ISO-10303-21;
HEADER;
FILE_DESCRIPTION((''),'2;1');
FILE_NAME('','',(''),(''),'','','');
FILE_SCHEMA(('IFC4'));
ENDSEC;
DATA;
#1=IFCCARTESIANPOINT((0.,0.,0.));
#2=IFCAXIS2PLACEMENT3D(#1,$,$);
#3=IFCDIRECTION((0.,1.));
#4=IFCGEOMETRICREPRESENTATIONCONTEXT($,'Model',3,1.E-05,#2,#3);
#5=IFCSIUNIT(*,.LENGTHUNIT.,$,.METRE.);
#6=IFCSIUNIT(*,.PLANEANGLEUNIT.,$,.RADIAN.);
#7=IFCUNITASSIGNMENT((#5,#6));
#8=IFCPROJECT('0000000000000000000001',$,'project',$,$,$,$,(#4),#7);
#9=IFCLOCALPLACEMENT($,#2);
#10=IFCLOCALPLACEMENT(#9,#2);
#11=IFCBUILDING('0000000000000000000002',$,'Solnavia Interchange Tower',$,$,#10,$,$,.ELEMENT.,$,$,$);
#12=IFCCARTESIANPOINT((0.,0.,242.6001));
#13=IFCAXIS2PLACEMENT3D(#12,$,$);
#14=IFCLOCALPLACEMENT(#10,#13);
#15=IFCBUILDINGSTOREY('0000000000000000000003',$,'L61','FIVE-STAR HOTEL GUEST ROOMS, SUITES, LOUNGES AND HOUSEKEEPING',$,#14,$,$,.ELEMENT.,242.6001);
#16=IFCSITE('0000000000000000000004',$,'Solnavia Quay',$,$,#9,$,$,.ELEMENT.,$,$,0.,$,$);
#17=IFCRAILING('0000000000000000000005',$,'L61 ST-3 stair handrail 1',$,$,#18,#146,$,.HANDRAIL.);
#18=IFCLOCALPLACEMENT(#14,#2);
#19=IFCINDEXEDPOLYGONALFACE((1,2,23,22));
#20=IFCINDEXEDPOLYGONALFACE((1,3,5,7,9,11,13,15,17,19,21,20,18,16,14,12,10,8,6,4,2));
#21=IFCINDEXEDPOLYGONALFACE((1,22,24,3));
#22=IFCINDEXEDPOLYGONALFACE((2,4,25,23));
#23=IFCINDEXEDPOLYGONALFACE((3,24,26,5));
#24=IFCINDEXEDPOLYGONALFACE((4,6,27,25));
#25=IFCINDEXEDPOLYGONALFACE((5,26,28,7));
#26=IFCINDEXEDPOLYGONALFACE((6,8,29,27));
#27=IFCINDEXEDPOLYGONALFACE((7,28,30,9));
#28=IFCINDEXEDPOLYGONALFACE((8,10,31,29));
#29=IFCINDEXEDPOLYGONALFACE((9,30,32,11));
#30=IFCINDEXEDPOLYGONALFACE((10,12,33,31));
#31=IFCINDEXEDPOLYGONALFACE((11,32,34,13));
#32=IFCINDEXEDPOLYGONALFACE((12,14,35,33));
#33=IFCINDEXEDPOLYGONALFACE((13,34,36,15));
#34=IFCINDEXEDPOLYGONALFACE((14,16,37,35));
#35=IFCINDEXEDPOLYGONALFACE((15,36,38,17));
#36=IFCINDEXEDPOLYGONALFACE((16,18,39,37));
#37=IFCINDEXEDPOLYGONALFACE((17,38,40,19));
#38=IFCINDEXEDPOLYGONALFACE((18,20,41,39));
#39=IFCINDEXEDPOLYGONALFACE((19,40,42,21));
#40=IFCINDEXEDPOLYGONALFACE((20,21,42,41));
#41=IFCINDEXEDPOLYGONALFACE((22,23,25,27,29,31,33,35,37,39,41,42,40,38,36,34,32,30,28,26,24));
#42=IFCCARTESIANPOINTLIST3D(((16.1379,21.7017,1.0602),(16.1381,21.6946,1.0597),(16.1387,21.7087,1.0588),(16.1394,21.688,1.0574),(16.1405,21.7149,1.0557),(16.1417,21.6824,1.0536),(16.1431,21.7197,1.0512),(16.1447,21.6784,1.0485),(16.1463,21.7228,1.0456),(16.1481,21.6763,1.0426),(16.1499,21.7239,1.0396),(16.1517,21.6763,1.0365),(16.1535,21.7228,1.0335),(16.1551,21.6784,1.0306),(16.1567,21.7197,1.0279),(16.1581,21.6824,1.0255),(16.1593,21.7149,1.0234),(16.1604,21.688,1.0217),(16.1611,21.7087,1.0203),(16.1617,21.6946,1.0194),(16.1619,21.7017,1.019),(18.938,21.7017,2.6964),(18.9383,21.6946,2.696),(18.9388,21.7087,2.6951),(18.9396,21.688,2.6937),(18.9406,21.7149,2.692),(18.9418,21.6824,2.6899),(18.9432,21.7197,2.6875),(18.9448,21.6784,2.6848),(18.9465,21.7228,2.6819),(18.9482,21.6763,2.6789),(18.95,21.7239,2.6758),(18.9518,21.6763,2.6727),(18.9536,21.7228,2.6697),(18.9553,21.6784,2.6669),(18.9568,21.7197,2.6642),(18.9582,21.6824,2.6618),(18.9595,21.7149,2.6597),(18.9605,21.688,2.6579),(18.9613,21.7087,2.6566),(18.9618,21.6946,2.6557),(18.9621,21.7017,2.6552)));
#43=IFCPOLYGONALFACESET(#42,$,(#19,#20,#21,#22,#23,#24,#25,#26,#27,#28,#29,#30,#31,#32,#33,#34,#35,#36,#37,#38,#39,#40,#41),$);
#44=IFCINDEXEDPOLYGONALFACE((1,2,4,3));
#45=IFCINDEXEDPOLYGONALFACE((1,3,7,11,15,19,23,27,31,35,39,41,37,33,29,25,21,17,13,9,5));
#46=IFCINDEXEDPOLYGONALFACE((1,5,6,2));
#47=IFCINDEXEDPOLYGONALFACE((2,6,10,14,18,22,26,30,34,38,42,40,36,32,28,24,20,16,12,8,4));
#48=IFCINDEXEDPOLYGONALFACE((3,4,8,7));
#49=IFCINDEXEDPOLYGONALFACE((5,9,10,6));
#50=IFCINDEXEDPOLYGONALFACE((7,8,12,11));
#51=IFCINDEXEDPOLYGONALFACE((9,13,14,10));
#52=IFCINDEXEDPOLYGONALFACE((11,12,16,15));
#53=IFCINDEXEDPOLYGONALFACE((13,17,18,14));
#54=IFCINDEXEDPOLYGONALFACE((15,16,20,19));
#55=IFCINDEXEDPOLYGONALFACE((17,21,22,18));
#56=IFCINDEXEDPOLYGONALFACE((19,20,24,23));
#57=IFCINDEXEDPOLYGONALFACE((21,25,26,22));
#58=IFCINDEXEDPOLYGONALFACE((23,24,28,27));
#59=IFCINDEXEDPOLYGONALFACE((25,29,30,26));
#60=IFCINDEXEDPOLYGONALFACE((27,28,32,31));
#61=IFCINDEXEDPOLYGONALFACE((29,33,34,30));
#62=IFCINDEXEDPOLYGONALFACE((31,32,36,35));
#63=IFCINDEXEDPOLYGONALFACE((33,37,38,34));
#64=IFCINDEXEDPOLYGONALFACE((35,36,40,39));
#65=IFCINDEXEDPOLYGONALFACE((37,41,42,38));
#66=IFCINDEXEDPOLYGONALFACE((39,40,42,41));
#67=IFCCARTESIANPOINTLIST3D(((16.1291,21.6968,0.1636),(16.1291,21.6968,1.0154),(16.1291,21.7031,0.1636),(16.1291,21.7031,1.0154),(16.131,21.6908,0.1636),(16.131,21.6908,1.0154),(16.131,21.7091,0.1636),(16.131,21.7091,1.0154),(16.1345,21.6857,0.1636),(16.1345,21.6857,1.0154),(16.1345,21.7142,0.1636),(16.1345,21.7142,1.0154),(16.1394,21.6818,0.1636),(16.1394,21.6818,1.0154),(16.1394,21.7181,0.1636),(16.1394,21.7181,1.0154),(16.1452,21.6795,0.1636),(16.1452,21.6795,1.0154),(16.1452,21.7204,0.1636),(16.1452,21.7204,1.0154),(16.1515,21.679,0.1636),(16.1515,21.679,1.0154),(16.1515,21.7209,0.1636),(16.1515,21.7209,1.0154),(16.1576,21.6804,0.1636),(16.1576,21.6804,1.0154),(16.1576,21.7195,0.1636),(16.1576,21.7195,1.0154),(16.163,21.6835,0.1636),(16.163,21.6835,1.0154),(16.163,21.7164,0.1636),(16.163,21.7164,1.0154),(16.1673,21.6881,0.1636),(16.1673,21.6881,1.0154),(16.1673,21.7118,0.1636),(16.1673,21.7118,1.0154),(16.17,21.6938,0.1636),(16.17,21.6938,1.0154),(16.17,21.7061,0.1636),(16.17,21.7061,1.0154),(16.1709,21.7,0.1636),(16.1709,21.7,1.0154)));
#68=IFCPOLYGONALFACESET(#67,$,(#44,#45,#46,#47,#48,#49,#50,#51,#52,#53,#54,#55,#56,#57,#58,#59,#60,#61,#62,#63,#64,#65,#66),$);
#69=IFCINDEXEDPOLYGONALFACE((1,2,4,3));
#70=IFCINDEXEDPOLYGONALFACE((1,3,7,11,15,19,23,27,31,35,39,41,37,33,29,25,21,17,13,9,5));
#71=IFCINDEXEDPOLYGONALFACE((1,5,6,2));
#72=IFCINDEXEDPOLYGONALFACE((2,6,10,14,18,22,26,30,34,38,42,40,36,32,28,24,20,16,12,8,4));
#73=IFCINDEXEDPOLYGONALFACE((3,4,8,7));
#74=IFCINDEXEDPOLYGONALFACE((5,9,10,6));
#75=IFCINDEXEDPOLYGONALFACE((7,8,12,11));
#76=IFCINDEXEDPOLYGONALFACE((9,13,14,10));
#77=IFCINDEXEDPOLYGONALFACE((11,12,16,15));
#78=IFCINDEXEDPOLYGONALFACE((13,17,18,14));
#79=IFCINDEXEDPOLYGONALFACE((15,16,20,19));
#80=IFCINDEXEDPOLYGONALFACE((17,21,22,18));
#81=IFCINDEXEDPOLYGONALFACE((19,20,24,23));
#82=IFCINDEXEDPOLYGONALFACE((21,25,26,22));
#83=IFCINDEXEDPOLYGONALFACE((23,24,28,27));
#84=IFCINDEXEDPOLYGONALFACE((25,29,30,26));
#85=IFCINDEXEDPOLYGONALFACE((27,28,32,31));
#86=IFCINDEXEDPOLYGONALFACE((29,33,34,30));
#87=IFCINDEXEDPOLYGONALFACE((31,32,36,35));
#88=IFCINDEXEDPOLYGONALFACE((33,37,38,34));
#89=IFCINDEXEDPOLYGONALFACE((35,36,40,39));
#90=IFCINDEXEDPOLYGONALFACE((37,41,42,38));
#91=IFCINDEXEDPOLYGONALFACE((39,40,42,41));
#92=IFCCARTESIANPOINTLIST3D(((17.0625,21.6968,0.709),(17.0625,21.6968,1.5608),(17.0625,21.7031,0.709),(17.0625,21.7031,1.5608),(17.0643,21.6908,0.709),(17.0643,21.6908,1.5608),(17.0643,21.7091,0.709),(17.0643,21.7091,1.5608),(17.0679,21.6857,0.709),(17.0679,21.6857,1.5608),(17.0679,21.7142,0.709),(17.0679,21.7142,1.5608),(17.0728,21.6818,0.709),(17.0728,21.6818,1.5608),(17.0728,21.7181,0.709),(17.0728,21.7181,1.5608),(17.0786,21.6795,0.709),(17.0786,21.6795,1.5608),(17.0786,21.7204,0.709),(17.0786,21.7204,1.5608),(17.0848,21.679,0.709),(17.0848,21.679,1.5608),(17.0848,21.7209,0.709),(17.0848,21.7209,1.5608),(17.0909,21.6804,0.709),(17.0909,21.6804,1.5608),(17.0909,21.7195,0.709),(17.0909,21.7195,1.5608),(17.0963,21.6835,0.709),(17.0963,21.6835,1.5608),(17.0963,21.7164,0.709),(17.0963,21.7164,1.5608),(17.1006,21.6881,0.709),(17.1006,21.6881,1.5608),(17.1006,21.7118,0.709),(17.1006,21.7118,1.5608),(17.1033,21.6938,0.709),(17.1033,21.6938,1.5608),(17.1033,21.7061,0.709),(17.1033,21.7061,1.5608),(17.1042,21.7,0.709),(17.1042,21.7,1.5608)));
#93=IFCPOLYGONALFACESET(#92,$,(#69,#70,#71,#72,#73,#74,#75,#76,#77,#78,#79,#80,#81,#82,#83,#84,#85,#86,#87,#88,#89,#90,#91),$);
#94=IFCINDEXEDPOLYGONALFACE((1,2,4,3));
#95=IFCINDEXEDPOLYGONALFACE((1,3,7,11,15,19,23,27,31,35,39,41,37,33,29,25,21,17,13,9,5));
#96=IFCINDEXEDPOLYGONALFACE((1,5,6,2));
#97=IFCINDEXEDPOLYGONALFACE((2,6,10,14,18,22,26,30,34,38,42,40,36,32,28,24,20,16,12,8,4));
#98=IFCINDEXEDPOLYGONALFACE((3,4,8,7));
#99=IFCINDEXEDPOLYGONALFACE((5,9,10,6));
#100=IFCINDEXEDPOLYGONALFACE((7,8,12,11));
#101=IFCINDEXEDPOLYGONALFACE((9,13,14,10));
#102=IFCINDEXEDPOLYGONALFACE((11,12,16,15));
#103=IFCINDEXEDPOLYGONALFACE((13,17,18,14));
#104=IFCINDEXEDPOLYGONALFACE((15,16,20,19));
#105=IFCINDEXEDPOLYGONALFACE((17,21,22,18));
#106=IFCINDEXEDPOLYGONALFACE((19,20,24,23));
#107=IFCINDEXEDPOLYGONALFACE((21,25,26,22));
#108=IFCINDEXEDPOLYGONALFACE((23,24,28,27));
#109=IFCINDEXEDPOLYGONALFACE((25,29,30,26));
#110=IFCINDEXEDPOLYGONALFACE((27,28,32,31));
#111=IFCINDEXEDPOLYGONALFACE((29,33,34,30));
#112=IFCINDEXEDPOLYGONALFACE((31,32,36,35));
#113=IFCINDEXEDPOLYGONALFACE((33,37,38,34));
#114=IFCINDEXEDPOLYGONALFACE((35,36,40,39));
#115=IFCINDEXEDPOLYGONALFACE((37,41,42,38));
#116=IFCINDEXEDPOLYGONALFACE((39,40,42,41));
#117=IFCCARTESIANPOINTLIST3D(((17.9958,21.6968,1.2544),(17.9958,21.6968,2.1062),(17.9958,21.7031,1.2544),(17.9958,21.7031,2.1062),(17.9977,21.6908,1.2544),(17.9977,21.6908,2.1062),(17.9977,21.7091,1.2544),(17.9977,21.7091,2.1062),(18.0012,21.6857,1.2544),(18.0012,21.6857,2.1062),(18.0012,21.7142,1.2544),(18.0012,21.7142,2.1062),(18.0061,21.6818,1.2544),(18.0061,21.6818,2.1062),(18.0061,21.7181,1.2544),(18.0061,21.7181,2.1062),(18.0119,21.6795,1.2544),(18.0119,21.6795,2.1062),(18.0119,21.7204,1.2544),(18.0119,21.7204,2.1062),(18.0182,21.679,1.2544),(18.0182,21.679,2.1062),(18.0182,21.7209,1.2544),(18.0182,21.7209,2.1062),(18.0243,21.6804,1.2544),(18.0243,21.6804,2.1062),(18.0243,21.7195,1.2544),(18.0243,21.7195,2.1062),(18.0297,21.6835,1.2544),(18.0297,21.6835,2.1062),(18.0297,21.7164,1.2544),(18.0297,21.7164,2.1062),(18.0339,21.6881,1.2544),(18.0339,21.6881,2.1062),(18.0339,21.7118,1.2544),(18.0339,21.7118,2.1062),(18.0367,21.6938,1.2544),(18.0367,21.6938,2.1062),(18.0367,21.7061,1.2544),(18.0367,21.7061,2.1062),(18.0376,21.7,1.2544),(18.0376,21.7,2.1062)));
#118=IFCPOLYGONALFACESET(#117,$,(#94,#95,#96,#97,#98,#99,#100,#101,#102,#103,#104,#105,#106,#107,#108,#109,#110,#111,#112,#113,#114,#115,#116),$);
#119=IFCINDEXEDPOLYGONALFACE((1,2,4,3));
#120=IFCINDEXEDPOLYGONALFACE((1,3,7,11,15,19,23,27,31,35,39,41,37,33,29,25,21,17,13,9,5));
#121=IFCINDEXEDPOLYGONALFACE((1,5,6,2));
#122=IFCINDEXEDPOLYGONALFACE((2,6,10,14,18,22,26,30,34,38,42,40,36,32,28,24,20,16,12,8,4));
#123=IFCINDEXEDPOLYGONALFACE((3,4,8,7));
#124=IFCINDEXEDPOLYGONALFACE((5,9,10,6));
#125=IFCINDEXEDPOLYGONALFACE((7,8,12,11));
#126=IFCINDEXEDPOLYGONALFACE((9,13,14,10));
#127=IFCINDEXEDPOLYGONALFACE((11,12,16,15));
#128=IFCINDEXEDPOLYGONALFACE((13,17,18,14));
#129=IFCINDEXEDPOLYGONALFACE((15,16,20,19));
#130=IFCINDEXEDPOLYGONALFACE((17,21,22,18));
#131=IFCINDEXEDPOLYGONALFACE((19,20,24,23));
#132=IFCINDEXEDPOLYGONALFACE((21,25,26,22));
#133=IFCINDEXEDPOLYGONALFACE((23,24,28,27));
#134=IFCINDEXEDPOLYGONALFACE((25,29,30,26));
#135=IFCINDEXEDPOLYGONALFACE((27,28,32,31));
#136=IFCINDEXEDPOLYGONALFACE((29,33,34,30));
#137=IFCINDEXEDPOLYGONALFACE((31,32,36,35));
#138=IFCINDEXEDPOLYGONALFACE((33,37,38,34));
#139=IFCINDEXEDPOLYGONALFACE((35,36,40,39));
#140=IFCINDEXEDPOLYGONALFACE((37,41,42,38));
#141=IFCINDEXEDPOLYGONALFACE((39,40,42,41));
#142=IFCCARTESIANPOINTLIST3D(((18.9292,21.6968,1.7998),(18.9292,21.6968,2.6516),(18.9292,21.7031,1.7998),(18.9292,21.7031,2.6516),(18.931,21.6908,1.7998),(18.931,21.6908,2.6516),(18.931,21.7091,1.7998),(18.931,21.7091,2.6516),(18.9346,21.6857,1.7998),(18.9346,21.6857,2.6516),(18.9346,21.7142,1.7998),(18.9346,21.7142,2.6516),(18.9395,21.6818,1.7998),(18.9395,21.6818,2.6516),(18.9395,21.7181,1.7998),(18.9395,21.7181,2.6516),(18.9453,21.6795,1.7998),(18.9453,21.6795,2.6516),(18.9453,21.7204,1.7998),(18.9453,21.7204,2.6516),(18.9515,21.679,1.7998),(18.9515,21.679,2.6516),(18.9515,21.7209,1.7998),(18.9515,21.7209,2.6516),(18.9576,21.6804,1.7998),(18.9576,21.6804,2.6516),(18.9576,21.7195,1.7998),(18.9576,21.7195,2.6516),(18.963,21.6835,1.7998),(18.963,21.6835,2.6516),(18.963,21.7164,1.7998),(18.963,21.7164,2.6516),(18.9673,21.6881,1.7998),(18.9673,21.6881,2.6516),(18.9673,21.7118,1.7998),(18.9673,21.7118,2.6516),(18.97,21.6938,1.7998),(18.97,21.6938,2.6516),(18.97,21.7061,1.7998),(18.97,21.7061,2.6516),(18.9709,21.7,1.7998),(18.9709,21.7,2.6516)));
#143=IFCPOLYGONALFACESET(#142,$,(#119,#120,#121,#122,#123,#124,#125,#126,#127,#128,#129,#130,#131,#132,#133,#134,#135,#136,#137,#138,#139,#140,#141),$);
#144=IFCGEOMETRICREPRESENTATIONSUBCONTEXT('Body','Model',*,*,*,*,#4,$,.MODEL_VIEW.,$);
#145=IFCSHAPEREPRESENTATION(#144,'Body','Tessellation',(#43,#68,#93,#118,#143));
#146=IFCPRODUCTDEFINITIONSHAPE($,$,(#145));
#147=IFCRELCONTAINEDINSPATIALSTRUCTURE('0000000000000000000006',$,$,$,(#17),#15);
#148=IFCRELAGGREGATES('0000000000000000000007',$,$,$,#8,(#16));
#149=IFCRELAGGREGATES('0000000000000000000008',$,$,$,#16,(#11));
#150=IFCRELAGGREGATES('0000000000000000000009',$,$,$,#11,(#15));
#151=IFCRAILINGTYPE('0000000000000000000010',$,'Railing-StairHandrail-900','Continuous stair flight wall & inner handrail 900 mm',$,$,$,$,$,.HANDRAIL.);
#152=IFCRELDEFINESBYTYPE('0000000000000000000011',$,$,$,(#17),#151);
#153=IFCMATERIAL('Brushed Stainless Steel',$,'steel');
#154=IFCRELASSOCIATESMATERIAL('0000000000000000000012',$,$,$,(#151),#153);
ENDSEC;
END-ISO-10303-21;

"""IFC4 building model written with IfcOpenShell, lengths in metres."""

from ifc_helpers import new_model, si_unit, direction, frame, origin, origin_2d, place, context, subcontext, project, spatial, circle, extrude, material, type_object, element, save


model = new_model("IFC4")

# Units and contexts
model_context = context("Model", 3, precision=1e-05, world=origin(), true_north=direction((0.0, 1.0)))
body_context = subcontext(model_context, "Body", "Model", "MODEL_VIEW")
ifc_project = project(units=[si_unit("LENGTHUNIT", "METRE"), si_unit("PLANEANGLEUNIT", "RADIAN")], contexts=[model_context])

# Site, building, storey
site_placement = place(None, origin())
site = spatial("IfcSite", under=ifc_project, at=site_placement, Name="Solnavia Quay", CompositionType="ELEMENT", RefElevation=0.0)
building_placement = place(site_placement, origin())
building = spatial("IfcBuilding", under=site, at=building_placement, Name="Solnavia Interchange Tower", CompositionType="ELEMENT")
storey_placement = place(building_placement, frame((0.0, 0.0, 242.6001)))
storey = spatial("IfcBuildingStorey", under=building, at=storey_placement, Name="L61", Description="FIVE-STAR HOTEL GUEST ROOMS, SUITES, LOUNGES AND HOUSEKEEPING", CompositionType="ELEMENT", Elevation=242.6001)

# Railing
ifc_material_1 = material(Name="Brushed Stainless Steel", Category="steel")
railing_type_1 = type_object("IfcRailingType", Name="Railing-StairHandrail-900", Description="Continuous stair flight wall & inner handrail 900 mm", PredefinedType="HANDRAIL", material=ifc_material_1)
railing_1_placement = place(storey_placement, frame((16.1499, 21.7, 0.1636)))
element("IfcRailing", 1, at=railing_1_placement, inside=storey, type_object=railing_type_1, Name="L61 ST-3 stair handrail 1", PredefinedType="HANDRAIL", context=body_context, shape_type="SweptSolid", body=[
    extrude(circle(Radius=0.0239, at=origin_2d()), frame((0.0, 0.0, 0.876), z_axis=(0.863394, 0.0, 0.504531), x_axis=(0.0, 1.0, 0.0)), (0.0, 0.0, 1.0), 3.2432),
    extrude(circle(Radius=0.021, at=origin_2d()), origin(), (0.0, 0.0, 1.0), 0.8518),
    extrude(circle(Radius=0.021, at=origin_2d()), frame((0.9333, 0.0, 0.5454)), (0.0, 0.0, 1.0), 0.8518),
    extrude(circle(Radius=0.021, at=origin_2d()), frame((1.8667, 0.0, 1.0908)), (0.0, 0.0, 1.0), 0.8518),
    extrude(circle(Radius=0.021, at=origin_2d()), frame((2.8, 0.0, 1.6362)), (0.0, 0.0, 1.0), 0.8518),
])

save(model, "model.ifc")
